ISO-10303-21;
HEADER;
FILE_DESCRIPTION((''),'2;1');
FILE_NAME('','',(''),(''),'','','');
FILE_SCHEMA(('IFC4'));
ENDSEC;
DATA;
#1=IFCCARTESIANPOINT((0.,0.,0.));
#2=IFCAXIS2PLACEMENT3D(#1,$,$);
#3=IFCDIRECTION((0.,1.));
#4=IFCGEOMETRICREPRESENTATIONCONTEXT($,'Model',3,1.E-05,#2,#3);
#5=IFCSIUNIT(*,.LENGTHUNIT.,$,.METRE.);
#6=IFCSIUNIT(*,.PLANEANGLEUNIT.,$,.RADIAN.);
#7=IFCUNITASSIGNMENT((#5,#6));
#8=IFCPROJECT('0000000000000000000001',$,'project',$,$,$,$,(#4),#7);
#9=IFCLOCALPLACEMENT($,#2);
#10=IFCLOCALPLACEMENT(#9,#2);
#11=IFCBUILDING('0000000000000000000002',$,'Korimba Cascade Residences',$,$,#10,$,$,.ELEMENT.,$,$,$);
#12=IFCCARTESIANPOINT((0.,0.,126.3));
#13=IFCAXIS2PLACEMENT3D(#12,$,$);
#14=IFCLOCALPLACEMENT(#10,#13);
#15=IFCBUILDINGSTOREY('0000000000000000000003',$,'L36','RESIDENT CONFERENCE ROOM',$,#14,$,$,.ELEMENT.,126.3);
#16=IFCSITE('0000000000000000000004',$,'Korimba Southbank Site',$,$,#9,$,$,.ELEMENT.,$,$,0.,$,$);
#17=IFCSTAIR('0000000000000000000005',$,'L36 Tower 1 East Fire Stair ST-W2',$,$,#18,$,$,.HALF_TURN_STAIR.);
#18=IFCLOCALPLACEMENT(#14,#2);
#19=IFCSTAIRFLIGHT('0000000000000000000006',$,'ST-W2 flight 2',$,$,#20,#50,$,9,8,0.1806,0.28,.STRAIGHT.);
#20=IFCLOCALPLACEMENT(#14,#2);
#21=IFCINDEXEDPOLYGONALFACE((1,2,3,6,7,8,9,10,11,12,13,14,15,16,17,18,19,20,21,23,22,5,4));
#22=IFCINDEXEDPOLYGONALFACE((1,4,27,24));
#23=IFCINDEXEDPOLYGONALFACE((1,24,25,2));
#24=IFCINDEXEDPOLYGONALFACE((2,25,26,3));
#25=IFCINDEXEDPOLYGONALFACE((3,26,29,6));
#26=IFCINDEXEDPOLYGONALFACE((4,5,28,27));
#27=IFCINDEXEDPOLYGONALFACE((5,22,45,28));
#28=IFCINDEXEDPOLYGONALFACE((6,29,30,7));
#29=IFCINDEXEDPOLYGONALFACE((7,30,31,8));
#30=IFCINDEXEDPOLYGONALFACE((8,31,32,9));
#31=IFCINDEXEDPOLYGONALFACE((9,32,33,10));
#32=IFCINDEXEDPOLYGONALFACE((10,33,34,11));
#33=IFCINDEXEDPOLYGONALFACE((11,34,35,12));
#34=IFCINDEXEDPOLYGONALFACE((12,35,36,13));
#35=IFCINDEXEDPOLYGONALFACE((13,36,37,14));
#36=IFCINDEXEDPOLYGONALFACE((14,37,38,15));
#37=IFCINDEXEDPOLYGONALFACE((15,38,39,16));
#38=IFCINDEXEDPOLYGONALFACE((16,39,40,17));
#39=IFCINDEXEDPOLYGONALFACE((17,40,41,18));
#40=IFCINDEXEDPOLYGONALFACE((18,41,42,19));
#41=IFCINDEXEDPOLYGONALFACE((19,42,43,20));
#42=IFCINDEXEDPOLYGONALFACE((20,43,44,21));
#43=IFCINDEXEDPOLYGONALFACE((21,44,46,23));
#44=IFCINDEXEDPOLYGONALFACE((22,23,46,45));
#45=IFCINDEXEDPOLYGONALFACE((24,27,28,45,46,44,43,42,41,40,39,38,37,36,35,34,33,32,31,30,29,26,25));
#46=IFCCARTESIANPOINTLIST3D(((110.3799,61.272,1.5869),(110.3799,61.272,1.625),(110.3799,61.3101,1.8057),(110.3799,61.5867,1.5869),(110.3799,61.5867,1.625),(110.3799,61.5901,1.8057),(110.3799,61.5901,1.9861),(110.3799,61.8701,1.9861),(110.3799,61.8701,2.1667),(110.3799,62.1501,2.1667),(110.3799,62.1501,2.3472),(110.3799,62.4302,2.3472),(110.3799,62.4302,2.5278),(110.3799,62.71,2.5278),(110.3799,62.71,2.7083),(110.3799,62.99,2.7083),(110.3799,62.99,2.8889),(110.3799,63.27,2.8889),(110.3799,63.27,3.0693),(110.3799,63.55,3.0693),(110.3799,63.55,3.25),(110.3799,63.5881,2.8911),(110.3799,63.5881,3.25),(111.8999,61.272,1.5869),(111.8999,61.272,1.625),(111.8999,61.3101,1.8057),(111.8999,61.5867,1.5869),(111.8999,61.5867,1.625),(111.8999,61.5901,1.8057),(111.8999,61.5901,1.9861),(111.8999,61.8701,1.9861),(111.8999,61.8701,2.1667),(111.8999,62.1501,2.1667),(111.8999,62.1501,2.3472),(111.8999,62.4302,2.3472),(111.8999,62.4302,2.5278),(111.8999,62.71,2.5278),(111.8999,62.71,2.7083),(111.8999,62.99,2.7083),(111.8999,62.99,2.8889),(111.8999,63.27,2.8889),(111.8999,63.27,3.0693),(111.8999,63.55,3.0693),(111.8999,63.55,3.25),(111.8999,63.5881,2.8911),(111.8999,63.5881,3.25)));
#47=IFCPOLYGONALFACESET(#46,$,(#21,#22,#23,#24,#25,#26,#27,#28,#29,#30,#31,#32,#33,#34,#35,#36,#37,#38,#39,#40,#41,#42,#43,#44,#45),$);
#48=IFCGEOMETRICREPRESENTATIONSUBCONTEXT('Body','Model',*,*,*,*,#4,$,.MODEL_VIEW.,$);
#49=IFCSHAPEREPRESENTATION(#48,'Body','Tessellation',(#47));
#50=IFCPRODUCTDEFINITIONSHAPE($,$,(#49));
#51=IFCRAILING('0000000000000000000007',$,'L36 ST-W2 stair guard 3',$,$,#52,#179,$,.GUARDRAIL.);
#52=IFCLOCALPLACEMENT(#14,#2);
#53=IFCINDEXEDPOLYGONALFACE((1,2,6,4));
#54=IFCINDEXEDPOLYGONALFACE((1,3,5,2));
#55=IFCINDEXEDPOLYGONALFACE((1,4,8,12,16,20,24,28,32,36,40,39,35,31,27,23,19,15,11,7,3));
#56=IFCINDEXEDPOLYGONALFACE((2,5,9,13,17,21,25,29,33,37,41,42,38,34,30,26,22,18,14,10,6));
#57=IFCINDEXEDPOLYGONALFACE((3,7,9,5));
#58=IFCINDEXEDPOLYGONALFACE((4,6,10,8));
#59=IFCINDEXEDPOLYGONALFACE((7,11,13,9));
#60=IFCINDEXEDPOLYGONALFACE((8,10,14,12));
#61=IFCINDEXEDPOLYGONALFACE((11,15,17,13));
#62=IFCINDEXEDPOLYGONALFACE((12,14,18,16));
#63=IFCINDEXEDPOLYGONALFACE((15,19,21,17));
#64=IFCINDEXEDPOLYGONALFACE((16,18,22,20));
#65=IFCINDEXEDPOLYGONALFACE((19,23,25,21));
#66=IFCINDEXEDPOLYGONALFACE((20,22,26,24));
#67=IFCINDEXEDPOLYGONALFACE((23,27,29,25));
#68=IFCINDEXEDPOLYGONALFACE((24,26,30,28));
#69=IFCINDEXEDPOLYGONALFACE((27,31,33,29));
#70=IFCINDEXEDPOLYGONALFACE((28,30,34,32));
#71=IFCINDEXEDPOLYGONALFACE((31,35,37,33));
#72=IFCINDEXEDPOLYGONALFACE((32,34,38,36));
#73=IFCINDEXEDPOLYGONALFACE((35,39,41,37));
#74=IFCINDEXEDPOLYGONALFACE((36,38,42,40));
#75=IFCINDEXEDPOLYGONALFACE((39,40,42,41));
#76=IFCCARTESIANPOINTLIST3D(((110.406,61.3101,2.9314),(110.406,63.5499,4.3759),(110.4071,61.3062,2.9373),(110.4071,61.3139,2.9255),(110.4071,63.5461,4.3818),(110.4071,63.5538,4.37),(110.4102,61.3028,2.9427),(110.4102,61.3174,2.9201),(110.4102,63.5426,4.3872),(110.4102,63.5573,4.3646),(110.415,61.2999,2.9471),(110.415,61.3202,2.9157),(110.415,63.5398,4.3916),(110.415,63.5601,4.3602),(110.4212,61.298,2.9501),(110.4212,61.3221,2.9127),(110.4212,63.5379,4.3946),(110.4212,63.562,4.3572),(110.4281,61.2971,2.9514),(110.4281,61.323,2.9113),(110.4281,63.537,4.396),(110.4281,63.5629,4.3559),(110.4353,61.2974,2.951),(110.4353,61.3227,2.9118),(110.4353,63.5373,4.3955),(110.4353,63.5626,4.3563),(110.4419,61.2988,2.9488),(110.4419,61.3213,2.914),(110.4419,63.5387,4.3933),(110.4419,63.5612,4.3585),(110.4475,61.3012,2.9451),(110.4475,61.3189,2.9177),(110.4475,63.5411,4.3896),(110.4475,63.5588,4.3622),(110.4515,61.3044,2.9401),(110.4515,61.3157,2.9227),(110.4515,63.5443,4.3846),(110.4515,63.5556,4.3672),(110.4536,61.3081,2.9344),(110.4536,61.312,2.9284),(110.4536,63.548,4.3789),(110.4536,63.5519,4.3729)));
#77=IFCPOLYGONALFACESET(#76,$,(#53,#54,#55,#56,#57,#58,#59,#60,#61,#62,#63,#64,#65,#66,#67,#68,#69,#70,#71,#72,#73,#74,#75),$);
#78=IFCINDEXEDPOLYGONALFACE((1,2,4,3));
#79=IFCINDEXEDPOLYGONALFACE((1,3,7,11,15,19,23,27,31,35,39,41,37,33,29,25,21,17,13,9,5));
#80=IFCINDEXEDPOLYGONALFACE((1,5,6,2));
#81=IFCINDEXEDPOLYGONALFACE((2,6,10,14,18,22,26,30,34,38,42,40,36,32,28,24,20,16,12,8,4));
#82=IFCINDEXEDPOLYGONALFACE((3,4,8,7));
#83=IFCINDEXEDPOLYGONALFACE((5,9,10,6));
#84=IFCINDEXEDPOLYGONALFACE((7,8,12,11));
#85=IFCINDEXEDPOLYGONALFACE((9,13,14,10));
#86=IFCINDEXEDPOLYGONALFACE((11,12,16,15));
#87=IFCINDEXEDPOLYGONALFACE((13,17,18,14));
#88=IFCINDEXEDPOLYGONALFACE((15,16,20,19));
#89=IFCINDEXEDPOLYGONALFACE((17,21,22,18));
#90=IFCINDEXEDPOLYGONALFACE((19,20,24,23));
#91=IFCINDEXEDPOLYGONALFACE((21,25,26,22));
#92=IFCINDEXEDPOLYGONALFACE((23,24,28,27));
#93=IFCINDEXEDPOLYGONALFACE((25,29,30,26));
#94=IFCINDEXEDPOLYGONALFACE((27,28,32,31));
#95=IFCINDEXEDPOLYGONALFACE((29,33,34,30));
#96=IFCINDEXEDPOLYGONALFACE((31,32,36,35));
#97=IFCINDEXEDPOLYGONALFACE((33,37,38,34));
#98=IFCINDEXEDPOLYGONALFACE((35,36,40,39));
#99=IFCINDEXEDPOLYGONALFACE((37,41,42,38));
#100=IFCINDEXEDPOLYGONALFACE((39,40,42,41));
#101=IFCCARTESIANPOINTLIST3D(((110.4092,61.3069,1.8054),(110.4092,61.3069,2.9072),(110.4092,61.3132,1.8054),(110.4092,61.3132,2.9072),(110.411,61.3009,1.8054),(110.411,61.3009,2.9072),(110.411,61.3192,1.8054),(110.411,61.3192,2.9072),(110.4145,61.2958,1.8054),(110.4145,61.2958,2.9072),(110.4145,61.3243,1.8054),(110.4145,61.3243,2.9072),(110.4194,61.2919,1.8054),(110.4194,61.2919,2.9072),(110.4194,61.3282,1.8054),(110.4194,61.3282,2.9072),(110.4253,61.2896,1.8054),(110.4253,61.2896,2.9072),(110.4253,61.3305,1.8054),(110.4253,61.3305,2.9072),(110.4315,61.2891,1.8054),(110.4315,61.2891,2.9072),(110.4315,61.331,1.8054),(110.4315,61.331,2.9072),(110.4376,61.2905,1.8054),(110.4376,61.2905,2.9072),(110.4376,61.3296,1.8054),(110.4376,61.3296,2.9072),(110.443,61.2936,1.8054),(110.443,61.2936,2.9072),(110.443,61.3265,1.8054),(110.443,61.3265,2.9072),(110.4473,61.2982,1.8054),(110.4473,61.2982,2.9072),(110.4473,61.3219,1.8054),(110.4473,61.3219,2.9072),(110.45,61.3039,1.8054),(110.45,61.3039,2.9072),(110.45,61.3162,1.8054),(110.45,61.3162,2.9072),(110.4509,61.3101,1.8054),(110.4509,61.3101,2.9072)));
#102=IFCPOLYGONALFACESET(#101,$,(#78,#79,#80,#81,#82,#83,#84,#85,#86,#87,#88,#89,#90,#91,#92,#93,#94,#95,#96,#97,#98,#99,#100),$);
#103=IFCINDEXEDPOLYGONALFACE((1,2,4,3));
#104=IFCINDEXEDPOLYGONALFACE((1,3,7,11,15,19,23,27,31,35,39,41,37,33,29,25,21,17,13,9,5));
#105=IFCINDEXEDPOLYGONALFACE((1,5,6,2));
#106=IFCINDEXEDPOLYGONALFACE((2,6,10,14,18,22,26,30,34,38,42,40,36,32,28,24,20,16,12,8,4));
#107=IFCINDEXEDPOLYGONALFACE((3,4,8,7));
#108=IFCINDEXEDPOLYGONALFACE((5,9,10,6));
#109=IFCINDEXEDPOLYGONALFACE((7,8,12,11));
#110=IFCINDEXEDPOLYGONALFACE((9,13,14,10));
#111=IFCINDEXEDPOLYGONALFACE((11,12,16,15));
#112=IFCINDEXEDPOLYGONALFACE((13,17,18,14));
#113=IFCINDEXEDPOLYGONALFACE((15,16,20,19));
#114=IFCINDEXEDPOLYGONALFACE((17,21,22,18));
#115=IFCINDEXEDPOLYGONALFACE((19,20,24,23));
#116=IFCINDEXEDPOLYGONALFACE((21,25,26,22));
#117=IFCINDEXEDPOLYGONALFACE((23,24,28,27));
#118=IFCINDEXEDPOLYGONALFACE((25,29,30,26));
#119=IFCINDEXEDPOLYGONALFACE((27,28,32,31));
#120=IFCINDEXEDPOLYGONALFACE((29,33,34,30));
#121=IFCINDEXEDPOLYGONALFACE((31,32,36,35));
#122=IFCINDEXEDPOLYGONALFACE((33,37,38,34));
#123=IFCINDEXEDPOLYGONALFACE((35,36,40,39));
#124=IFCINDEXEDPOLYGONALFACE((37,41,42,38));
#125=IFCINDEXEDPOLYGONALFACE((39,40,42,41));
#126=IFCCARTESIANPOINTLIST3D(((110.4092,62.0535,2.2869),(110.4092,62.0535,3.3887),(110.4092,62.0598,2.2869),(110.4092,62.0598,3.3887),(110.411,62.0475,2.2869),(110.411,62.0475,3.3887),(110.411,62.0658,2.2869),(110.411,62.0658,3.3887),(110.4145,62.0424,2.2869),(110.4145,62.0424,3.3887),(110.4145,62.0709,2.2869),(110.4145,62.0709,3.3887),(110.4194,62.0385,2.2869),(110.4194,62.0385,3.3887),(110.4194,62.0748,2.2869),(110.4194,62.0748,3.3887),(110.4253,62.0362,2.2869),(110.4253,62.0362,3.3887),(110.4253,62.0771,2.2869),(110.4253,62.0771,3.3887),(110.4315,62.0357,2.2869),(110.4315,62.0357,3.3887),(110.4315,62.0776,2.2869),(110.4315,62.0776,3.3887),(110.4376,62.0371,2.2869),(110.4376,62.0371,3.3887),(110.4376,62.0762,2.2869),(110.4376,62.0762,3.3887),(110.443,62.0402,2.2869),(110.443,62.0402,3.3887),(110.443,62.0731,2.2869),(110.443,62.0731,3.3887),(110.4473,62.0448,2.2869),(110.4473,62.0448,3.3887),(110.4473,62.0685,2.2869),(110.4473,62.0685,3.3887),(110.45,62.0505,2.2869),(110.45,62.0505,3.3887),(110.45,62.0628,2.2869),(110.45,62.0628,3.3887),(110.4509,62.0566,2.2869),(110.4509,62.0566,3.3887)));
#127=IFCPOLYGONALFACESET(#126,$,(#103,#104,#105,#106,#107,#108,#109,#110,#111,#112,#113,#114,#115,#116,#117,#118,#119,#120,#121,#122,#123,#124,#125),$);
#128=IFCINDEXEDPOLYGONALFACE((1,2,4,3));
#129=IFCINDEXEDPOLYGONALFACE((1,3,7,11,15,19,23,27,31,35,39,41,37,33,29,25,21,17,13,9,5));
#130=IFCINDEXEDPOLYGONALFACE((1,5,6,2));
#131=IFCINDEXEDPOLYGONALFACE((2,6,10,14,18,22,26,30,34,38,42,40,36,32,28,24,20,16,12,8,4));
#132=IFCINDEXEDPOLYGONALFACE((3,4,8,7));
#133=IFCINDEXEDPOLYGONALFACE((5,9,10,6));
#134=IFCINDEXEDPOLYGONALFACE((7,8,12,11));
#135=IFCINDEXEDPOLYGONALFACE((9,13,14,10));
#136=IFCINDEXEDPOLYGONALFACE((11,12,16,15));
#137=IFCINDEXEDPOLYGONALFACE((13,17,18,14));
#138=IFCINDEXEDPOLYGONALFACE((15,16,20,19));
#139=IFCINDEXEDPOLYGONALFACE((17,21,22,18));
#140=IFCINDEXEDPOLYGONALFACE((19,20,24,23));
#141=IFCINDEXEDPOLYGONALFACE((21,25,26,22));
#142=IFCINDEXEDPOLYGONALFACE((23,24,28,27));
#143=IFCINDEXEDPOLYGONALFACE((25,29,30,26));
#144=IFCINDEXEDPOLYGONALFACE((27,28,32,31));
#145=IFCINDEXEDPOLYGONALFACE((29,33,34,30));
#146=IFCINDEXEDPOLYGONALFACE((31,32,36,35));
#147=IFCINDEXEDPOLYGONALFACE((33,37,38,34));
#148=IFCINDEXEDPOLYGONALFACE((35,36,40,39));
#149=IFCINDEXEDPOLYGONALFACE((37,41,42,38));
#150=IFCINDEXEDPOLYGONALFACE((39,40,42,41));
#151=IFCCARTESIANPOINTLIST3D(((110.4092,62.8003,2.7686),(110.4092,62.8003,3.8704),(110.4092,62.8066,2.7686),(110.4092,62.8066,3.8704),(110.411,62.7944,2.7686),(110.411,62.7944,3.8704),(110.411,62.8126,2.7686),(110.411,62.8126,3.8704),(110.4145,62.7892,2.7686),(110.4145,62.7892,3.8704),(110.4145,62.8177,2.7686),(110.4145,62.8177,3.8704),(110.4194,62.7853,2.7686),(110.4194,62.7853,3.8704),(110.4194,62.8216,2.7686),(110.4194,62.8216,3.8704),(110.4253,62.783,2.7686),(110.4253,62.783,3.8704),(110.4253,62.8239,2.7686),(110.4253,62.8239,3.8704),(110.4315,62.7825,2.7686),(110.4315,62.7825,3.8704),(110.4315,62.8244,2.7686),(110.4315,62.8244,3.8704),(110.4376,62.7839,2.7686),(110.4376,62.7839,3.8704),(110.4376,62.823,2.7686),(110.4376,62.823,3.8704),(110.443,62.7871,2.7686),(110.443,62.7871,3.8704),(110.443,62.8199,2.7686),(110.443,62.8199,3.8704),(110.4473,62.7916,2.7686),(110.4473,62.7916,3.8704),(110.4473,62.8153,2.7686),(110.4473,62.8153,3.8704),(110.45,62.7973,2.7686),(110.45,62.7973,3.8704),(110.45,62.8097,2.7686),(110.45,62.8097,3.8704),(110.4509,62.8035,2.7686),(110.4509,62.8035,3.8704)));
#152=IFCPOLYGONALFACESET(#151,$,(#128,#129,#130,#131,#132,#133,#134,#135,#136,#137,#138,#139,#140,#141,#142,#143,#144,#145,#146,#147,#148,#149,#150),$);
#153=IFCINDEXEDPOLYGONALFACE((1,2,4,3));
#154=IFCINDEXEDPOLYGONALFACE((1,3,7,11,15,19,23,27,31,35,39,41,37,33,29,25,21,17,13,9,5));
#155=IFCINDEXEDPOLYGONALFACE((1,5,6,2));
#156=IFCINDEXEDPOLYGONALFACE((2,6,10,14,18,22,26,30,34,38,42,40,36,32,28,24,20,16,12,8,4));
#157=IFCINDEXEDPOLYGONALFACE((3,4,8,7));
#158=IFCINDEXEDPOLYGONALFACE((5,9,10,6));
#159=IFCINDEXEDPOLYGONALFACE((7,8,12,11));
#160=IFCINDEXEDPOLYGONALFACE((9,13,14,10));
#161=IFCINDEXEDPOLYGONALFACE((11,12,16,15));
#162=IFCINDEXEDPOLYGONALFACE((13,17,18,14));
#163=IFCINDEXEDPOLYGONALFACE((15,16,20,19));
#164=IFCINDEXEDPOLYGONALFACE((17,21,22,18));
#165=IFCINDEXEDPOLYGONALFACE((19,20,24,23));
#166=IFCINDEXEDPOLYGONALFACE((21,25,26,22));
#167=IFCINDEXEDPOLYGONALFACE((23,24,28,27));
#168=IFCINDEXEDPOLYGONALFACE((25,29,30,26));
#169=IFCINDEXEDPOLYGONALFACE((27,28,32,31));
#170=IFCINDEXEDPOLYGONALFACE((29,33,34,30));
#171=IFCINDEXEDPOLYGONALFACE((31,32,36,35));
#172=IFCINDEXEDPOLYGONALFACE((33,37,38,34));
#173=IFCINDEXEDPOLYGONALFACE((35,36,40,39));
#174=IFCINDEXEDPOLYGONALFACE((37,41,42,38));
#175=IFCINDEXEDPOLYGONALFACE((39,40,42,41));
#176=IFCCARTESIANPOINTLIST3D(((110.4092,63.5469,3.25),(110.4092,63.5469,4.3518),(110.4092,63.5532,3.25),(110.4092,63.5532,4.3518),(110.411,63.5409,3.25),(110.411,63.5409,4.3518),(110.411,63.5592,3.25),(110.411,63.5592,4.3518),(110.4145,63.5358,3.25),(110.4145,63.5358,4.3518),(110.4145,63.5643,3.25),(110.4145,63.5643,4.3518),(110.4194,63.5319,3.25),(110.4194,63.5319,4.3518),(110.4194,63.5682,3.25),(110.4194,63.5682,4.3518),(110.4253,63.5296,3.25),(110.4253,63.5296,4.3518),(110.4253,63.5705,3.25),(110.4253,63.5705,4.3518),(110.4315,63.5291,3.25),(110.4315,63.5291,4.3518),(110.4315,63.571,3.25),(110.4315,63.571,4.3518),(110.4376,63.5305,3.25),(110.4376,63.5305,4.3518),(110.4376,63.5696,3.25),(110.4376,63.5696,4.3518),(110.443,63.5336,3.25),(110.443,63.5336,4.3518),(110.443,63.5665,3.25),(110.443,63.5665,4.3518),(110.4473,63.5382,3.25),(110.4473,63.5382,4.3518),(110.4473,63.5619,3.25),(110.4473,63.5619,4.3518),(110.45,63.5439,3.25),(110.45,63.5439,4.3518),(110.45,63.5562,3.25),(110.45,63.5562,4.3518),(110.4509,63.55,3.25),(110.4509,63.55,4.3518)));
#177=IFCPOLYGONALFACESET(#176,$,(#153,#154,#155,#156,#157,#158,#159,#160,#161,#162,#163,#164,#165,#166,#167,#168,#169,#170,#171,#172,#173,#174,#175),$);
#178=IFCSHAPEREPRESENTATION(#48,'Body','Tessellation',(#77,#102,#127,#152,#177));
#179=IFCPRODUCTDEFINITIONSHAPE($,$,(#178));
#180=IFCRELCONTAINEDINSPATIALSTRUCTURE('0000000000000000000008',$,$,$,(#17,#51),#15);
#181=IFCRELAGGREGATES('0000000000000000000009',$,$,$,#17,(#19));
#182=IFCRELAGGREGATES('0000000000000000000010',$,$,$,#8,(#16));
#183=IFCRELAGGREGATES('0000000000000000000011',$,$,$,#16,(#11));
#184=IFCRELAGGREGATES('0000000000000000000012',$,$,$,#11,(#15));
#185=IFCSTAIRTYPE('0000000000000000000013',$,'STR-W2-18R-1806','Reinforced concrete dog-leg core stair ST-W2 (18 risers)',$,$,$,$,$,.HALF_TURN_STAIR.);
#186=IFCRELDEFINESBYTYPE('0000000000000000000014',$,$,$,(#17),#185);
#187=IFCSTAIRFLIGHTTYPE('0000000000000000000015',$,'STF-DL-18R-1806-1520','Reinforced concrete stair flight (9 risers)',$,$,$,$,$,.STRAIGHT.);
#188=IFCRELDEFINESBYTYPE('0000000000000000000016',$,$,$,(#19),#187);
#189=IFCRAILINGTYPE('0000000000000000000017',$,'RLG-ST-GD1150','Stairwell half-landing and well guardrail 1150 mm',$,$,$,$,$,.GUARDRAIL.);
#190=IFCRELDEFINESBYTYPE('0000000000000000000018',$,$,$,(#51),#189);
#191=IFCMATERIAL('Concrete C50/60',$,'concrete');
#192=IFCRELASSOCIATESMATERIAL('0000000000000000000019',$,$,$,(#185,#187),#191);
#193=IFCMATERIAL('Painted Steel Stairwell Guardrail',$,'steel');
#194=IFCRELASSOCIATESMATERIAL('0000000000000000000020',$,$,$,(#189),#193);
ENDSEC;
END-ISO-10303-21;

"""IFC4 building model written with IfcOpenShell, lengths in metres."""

from ifc_helpers import new_model, si_unit, direction, frame, origin, origin_2d, place, context, subcontext, project, spatial, polyline, circle, outline, extrude, material, type_object, element, aggregate, save


model = new_model("IFC4")

# Units and contexts
model_context = context("Model", 3, precision=1e-05, world=origin(), true_north=direction((0.0, 1.0)))
body_context = subcontext(model_context, "Body", "Model", "MODEL_VIEW")
ifc_project = project(units=[si_unit("LENGTHUNIT", "METRE"), si_unit("PLANEANGLEUNIT", "RADIAN")], contexts=[model_context])

# Site, building, storey
site_placement = place(None, origin())
site = spatial("IfcSite", under=ifc_project, at=site_placement, Name="Korimba Southbank Site", CompositionType="ELEMENT", RefElevation=0.0)
building_placement = place(site_placement, origin())
building = spatial("IfcBuilding", under=site, at=building_placement, Name="Korimba Cascade Residences", CompositionType="ELEMENT")
storey_placement = place(building_placement, frame((0.0, 0.0, 126.3)))
storey = spatial("IfcBuildingStorey", under=building, at=storey_placement, Name="L36", Description="RESIDENT CONFERENCE ROOM", CompositionType="ELEMENT", Elevation=126.3)

# Stair, stair flight
ifc_material_1 = material(Name="Concrete C50/60", Category="concrete")
stair_type = type_object("IfcStairType", Name="STR-W2-18R-1806", Description="Reinforced concrete dog-leg core stair ST-W2 (18 risers)", PredefinedType="HALF_TURN_STAIR", material=ifc_material_1)
stair_placement = place(storey_placement, origin())
stair = element("IfcStair", 1, at=stair_placement, inside=storey, type_object=stair_type, Name="L36 Tower 1 East Fire Stair ST-W2", PredefinedType="HALF_TURN_STAIR")
stair_flight_type = type_object("IfcStairFlightType", Name="STF-DL-18R-1806-1520", Description="Reinforced concrete stair flight (9 risers)", PredefinedType="STRAIGHT", material=ifc_material_1)
stair_flight_placement = place(storey_placement, frame((111.1399, 61.3101, 1.625), z_axis=(0.0, 0.0, 1.0), x_axis=(0.0, 1.0, 0.0)))
stair_flight = element("IfcStairFlight", 2, at=stair_flight_placement, type_object=stair_flight_type, Name="ST-W2 flight 2", NumberOfRisers=9, NumberOfTreads=8, PredefinedType="STRAIGHT", RiserHeight=0.1806, TreadLength=0.28, context=body_context, shape_type="SweptSolid", body=[
    extrude(outline(polyline([(-0.0381, 0.0), (0.0, 0.1807), (0.28, 0.1807), (0.28, 0.3611), (0.5601, 0.3611), (0.5601, 0.5417), (0.8401, 0.5417), (0.8401, 0.7222), (1.1201, 0.7222), (1.1201, 0.9028), (1.3999, 0.9028), (1.3999, 1.0833), (1.6799, 1.0833), (1.6799, 1.2639), (1.96, 1.2639), (1.96, 1.4443), (2.24, 1.4443), (2.24, 1.625), (2.2781, 1.625), (2.2781, 1.2661), (0.2766, 0.0), (0.2766, -0.0381), (-0.0381, -0.0381), (-0.0381, 0.0)])), frame((0.0, 0.76, 0.0), z_axis=(0.0, -1.0, 0.0), x_axis=(1.0, 0.0, 0.0)), (0.0, 0.0, 1.0), 1.52),
])
aggregate(stair, [stair_flight])

# Railing
ifc_material_2 = material(Name="Painted Steel Stairwell Guardrail", Category="steel")
railing_type_1 = type_object("IfcRailingType", Name="RLG-ST-GD1150", Description="Stairwell half-landing and well guardrail 1150 mm", PredefinedType="GUARDRAIL", material=ifc_material_2)
railing_1_placement = place(storey_placement, frame((110.4299, 61.3101, 1.8054)))
element("IfcRailing", 3, at=railing_1_placement, inside=storey, type_object=railing_type_1, Name="L36 ST-W2 stair guard 3", PredefinedType="GUARDRAIL", context=body_context, shape_type="SweptSolid", body=[
    extrude(circle(Radius=0.0239, at=origin_2d()), frame((0.0, 0.0, 1.126), z_axis=(0.0, 0.840395, 0.541975), x_axis=(-1.0, 0.0, 0.0)), (0.0, 0.0, 1.0), 2.6653),
    extrude(circle(Radius=0.021, at=origin_2d()), origin(), (0.0, 0.0, 1.0), 1.1018),
    extrude(circle(Radius=0.021, at=origin_2d()), frame((0.0, 0.7466, 0.4814)), (0.0, 0.0, 1.0), 1.1018),
    extrude(circle(Radius=0.021, at=origin_2d()), frame((0.0, 1.4934, 0.9631)), (0.0, 0.0, 1.0), 1.1018),
    extrude(circle(Radius=0.021, at=origin_2d()), frame((0.0, 2.24, 1.4446)), (0.0, 0.0, 1.0), 1.1018),
])

save(model, "model.ifc")
